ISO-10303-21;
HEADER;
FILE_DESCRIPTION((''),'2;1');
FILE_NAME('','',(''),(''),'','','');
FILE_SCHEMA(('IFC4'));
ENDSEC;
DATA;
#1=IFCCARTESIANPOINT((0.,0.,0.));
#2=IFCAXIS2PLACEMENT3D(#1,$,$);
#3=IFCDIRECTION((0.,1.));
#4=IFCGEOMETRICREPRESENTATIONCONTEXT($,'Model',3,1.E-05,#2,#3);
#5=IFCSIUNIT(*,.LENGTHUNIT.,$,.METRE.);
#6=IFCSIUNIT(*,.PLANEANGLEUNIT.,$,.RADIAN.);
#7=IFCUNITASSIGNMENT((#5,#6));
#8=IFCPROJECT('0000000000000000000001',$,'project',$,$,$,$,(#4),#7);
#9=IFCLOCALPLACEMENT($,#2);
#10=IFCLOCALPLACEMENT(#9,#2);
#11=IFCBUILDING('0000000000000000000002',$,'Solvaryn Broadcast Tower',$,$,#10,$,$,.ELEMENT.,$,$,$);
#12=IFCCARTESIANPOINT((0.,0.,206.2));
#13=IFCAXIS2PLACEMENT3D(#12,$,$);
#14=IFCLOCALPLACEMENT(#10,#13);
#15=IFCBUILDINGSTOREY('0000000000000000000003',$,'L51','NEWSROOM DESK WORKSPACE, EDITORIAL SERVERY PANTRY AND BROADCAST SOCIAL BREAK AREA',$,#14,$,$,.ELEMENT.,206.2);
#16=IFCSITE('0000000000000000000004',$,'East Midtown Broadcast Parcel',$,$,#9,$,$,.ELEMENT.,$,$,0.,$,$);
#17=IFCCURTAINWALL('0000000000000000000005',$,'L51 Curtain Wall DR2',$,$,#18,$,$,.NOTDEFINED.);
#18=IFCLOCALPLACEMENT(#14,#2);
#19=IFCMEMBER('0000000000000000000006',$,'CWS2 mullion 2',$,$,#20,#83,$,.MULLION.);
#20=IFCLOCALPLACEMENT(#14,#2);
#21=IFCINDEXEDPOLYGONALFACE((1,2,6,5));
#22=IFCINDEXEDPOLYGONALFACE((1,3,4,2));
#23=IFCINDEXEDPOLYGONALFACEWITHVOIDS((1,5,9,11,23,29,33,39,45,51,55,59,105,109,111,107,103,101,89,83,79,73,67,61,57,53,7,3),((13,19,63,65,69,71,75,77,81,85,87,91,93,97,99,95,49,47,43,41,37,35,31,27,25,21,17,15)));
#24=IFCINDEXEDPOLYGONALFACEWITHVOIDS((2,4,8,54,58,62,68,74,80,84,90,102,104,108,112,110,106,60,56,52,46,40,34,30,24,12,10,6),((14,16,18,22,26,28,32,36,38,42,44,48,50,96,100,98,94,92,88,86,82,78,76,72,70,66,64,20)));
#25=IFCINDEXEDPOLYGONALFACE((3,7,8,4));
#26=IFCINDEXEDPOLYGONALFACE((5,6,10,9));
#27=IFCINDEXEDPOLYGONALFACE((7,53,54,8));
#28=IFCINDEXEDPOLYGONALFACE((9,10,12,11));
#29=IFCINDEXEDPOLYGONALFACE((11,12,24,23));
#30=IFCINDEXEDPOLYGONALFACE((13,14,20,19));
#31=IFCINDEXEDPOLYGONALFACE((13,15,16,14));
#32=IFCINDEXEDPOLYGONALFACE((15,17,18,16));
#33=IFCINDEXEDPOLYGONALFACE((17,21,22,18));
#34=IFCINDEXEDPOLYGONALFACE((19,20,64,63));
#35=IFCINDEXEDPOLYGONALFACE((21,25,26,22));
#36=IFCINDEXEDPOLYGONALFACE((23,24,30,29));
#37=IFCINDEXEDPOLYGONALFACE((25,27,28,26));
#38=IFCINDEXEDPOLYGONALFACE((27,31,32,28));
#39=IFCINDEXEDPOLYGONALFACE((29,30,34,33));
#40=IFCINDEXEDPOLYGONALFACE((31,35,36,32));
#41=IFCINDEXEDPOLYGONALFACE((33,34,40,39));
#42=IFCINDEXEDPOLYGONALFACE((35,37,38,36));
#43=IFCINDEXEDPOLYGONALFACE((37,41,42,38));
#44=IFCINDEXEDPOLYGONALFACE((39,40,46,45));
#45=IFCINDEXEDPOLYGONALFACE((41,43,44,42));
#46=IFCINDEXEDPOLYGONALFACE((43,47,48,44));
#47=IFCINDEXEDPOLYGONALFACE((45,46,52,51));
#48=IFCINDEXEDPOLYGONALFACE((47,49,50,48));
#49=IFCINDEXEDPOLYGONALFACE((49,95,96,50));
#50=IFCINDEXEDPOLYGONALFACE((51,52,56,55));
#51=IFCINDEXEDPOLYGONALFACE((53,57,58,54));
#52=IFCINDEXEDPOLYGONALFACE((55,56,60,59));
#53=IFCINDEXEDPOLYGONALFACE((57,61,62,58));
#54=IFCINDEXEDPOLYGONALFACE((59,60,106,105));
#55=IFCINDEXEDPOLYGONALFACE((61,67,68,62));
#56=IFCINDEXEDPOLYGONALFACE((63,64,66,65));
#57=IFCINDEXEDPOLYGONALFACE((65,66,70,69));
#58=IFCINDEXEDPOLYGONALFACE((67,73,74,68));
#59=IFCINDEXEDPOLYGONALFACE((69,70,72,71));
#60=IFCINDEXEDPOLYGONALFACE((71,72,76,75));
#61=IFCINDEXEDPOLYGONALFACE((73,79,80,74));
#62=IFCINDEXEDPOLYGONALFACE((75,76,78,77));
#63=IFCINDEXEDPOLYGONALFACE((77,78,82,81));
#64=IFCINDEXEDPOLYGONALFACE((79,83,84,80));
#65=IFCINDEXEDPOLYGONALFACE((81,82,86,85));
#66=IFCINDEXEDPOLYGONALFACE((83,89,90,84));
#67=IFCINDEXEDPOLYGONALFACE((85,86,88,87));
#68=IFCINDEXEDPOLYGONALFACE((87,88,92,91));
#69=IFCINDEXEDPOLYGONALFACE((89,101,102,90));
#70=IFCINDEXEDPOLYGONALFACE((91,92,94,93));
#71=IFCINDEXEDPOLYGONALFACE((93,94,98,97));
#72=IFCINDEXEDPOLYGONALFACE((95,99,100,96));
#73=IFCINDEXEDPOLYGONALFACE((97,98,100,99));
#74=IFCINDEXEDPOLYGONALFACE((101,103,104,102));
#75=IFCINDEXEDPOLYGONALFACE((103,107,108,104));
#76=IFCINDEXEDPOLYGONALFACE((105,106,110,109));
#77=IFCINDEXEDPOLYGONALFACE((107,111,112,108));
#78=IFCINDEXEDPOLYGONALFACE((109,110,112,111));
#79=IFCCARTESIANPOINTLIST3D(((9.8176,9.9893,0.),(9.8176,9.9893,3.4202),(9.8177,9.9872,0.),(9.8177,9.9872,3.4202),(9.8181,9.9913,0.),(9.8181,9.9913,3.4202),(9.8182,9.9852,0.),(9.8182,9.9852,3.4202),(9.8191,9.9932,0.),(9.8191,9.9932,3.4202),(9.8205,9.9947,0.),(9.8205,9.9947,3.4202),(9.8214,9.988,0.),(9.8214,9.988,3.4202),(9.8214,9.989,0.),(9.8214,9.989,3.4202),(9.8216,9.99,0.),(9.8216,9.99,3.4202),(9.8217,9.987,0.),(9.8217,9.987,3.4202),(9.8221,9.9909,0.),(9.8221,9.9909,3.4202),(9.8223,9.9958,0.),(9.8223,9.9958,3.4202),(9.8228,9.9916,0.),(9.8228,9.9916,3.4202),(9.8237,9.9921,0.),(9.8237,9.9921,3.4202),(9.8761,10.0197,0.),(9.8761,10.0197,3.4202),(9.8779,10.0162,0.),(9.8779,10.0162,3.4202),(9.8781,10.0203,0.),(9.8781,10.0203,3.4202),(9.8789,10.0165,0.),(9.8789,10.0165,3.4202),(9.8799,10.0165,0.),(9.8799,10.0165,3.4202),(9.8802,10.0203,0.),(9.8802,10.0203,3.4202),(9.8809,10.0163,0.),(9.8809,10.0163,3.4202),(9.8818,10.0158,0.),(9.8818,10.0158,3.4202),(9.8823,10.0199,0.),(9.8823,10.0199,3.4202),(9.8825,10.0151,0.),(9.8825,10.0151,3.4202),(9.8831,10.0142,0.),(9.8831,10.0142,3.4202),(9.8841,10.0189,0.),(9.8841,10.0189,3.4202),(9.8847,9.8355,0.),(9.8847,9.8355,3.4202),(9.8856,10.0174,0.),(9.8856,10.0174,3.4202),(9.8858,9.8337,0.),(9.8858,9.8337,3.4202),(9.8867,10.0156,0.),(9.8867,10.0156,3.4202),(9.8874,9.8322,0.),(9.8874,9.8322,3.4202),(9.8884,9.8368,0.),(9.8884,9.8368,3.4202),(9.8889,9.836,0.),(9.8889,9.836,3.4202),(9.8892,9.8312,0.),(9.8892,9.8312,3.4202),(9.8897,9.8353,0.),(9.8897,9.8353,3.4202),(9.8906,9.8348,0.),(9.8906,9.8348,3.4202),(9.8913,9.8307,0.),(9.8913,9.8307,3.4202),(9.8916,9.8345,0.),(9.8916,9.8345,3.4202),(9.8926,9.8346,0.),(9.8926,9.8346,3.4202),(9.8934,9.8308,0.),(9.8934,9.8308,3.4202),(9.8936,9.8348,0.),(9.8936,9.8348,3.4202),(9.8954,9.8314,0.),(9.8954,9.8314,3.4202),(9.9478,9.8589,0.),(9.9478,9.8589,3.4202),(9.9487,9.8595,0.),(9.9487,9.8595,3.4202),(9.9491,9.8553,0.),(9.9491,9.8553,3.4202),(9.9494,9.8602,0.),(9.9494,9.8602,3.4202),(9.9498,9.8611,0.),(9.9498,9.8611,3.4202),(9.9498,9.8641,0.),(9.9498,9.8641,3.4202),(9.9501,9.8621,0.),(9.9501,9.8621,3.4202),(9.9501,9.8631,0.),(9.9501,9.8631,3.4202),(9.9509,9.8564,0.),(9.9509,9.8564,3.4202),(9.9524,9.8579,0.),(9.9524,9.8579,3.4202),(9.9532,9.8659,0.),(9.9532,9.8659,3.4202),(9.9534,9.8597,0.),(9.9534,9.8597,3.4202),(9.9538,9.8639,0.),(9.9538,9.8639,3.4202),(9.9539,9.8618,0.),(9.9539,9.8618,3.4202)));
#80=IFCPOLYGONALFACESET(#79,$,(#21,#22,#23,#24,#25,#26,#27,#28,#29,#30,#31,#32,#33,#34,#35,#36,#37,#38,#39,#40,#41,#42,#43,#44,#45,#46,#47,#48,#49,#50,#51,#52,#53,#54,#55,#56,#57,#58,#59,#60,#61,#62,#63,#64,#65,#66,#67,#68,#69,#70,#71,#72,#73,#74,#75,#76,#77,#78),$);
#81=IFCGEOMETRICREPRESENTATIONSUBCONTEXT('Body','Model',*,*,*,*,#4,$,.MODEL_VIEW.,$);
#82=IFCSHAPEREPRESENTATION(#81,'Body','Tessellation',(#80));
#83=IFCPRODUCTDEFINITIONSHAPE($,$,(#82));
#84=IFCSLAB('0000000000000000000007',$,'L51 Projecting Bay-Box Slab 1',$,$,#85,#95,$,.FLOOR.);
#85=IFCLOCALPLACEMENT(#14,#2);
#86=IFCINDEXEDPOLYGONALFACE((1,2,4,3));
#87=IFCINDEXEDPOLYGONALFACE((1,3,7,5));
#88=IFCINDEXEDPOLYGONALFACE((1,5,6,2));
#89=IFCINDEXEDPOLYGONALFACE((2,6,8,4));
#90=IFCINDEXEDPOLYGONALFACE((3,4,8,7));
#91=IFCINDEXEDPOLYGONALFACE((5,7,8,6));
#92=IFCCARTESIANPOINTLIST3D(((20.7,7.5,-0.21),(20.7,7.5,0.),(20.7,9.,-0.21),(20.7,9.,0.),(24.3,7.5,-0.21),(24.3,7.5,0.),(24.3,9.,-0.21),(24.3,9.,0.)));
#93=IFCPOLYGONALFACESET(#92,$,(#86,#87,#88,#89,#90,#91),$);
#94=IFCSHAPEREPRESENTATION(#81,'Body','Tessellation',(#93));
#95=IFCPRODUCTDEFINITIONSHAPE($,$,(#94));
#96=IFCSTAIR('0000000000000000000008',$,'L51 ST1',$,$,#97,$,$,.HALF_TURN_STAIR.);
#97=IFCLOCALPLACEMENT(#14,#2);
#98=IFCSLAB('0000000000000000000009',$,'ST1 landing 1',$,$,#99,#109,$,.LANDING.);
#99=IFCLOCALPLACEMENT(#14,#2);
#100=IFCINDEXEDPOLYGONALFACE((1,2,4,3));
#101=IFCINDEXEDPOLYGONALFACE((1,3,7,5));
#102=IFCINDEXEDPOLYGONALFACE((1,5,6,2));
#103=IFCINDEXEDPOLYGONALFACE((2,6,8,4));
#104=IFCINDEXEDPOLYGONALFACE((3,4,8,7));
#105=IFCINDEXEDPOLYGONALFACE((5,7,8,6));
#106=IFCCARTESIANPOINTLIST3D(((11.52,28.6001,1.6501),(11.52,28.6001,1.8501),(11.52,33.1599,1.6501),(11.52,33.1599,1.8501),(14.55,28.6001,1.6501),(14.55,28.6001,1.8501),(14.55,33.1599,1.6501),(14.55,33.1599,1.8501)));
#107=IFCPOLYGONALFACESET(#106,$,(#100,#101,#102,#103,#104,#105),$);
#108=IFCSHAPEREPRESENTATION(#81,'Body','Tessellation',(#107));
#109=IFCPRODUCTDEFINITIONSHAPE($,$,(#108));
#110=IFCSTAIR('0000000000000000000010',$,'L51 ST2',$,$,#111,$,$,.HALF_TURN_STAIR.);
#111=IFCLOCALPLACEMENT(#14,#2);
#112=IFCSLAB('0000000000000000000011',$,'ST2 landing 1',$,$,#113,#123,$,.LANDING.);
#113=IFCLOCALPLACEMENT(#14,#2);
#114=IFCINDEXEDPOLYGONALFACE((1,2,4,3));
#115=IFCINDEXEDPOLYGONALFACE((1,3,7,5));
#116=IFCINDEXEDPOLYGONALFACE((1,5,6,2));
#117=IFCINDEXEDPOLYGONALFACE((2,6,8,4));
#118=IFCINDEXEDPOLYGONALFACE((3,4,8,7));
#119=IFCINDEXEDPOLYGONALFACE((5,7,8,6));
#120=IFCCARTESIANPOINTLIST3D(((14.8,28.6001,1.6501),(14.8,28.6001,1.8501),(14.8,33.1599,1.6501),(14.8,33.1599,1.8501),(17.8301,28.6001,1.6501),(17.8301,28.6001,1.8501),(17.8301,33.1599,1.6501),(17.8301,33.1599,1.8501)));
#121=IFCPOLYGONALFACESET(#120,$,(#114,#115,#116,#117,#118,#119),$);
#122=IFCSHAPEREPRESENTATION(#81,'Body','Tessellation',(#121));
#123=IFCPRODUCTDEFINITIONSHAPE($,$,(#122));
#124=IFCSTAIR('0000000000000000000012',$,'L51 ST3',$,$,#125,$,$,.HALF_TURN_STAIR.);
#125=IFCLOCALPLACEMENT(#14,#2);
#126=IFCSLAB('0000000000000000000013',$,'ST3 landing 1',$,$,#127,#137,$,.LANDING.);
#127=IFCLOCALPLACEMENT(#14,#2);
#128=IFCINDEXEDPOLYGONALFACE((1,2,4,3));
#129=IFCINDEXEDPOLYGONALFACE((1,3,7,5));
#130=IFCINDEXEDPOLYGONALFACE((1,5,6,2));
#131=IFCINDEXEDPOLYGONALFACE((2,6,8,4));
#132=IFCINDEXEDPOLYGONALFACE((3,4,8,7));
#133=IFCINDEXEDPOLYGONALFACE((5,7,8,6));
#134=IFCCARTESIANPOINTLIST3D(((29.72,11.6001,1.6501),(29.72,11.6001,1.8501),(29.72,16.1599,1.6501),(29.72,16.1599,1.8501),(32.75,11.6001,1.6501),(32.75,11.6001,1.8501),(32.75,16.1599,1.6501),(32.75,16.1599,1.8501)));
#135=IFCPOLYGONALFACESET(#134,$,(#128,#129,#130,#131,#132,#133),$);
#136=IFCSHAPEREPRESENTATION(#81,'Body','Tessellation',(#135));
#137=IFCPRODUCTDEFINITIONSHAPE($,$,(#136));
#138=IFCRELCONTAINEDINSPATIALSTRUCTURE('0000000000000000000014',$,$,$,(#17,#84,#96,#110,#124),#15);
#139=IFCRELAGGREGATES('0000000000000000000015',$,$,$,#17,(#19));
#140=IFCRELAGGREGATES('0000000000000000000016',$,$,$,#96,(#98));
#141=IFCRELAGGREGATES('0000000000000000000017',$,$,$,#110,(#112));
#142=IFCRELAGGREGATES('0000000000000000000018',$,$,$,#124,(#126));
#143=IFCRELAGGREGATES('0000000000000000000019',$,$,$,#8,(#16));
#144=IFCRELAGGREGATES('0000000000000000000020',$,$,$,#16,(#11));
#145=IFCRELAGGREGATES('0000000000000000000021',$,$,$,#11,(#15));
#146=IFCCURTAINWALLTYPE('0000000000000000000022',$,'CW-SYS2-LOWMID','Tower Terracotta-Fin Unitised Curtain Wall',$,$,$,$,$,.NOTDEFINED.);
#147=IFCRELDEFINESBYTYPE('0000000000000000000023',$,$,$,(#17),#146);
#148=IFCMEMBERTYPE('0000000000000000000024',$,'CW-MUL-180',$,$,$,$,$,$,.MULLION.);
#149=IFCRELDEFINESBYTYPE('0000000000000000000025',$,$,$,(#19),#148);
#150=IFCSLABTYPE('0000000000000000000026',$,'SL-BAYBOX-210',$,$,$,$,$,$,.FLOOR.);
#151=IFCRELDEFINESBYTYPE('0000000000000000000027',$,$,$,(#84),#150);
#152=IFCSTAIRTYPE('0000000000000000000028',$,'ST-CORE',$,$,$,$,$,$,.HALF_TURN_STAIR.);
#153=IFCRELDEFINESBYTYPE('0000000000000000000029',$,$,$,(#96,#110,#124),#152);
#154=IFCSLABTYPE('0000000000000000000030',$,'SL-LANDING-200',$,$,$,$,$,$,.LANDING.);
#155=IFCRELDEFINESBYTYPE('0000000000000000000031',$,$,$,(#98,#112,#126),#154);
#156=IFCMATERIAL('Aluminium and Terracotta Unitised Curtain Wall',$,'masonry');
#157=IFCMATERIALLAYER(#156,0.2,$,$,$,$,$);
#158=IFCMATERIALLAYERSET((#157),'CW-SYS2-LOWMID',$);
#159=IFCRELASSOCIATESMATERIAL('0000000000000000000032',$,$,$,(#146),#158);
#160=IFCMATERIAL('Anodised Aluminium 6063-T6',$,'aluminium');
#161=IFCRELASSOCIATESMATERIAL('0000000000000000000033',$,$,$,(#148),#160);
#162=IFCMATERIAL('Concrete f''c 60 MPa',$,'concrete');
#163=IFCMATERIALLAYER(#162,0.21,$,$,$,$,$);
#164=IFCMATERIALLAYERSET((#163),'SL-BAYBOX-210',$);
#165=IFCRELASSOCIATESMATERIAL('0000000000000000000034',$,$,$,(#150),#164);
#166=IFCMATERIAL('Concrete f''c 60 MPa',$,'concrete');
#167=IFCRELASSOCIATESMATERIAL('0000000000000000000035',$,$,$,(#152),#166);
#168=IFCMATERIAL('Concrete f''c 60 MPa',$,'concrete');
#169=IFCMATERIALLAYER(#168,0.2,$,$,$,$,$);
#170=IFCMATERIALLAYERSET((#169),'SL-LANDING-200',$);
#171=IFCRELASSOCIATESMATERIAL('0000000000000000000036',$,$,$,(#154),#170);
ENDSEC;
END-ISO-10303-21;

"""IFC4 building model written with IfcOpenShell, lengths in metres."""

from ifc_helpers import new_model, si_unit, direction, frame, origin, origin_2d, place, context, subcontext, project, spatial, polyline, hollow_rectangle, outline, extrude, material, layer, layer_set, material_profile, profile_set, type_object, element, aggregate, save


model = new_model("IFC4")

# Units and contexts
model_context = context("Model", 3, precision=1e-05, world=origin(), true_north=direction((0.0, 1.0)))
body_context = subcontext(model_context, "Body", "Model", "MODEL_VIEW")
ifc_project = project(units=[si_unit("LENGTHUNIT", "METRE"), si_unit("PLANEANGLEUNIT", "RADIAN")], contexts=[model_context])

# Site, building, storey
site_placement = place(None, origin())
site = spatial("IfcSite", under=ifc_project, at=site_placement, Name="East Midtown Broadcast Parcel", CompositionType="ELEMENT", RefElevation=0.0)
building_placement = place(site_placement, origin())
building = spatial("IfcBuilding", under=site, at=building_placement, Name="Solvaryn Broadcast Tower", CompositionType="ELEMENT")
storey_placement = place(building_placement, frame((0.0, 0.0, 206.2)))
storey = spatial("IfcBuildingStorey", under=building, at=storey_placement, Name="L51", Description="NEWSROOM DESK WORKSPACE, EDITORIAL SERVERY PANTRY AND BROADCAST SOCIAL BREAK AREA", CompositionType="ELEMENT", Elevation=206.2)

# Curtain wall, member
ifc_material_1 = material(Name="Aluminium and Terracotta Unitised Curtain Wall", Category="masonry")
ifc_layer_1 = layer(ifc_material_1, 0.2)
ifc_layer_set_1 = layer_set([ifc_layer_1], Name="CW-SYS2-LOWMID")
curtain_wall_type = type_object("IfcCurtainWallType", Name="CW-SYS2-LOWMID", Description="Tower Terracotta-Fin Unitised Curtain Wall", PredefinedType="NOTDEFINED", material=ifc_layer_set_1)
curtain_wall_placement = place(storey_placement, origin())
curtain_wall = element("IfcCurtainWall", 1, at=curtain_wall_placement, inside=storey, type_object=curtain_wall_type, Name="L51 Curtain Wall DR2", PredefinedType="NOTDEFINED")
ifc_material_2 = material(Name="Anodised Aluminium 6063-T6", Category="aluminium")
ifc_material_profile = material_profile(ifc_material_2, hollow_rectangle(XDim=0.075, YDim=0.1799, WallThickness=0.0039, InnerFilletRadius=0.0039, OuterFilletRadius=0.0081, at=origin_2d()))
ifc_profile_set = profile_set([ifc_material_profile], Name="Anodised Aluminium 6063-T6")
member_type = type_object("IfcMemberType", Name="CW-MUL-180", PredefinedType="MULLION", material=ifc_profile_set)
member_placement = place(storey_placement, frame((9.8857, 9.9255, 0.0), z_axis=(0.0, 0.0, 1.0), x_axis=(0.913917, 0.405901, 0.0)))
member = element("IfcMember", 2, at=member_placement, type_object=member_type, Name="CWS2 mullion 2", PredefinedType="MULLION", context=body_context, shape_type="SweptSolid", body=[
    extrude(hollow_rectangle(XDim=0.075, YDim=0.1799, WallThickness=0.0039, InnerFilletRadius=0.0039, OuterFilletRadius=0.0081, at=origin_2d()), origin(), (0.0, 0.0, 1.0), 3.4202),
])
aggregate(curtain_wall, [member])

# Slab
ifc_material_3 = material(Name="Concrete f'c 60 MPa", Category="concrete")
ifc_layer_2 = layer(ifc_material_3, 0.21)
ifc_layer_set_2 = layer_set([ifc_layer_2], Name="SL-BAYBOX-210")
slab_type_1 = type_object("IfcSlabType", Name="SL-BAYBOX-210", PredefinedType="FLOOR", material=ifc_layer_set_2)
slab_1_placement = place(storey_placement, frame((0.0, 0.0, -0.21)))
element("IfcSlab", 3, at=slab_1_placement, inside=storey, type_object=slab_type_1, Name="L51 Projecting Bay-Box Slab 1", PredefinedType="FLOOR", context=body_context, shape_type="SweptSolid", body=[
    extrude(outline(polyline([(20.7, 7.5), (24.3, 7.5), (24.3, 9.0), (20.7, 9.0), (20.7, 7.5)])), origin(), (0.0, 0.0, 1.0), 0.21),
])

# Stairs, slabs
ifc_material_4 = material(Name="Concrete f'c 60 MPa", Category="concrete")
stair_type = type_object("IfcStairType", Name="ST-CORE", PredefinedType="HALF_TURN_STAIR", material=ifc_material_4)
stair_1_placement = place(storey_placement, origin())
stair_1 = element("IfcStair", 4, at=stair_1_placement, inside=storey, type_object=stair_type, Name="L51 ST1", PredefinedType="HALF_TURN_STAIR")
ifc_material_5 = material(Name="Concrete f'c 60 MPa", Category="concrete")
ifc_layer_3 = layer(ifc_material_5, 0.2)
ifc_layer_set_3 = layer_set([ifc_layer_3], Name="SL-LANDING-200")
slab_type_2 = type_object("IfcSlabType", Name="SL-LANDING-200", PredefinedType="LANDING", material=ifc_layer_set_3)
slab_2_placement = place(storey_placement, frame((0.0, 0.0, 1.6501)))
slab_2 = element("IfcSlab", 5, at=slab_2_placement, type_object=slab_type_2, Name="ST1 landing 1", PredefinedType="LANDING", context=body_context, shape_type="SweptSolid", body=[
    extrude(outline(polyline([(11.52, 33.1599), (11.52, 28.6001), (14.55, 28.6001), (14.55, 33.1599), (11.52, 33.1599)])), origin(), (0.0, 0.0, 1.0), 0.2),
])
aggregate(stair_1, [slab_2])
stair_2_placement = place(storey_placement, origin())
stair_2 = element("IfcStair", 6, at=stair_2_placement, inside=storey, type_object=stair_type, Name="L51 ST2", PredefinedType="HALF_TURN_STAIR")
slab_3_placement = place(storey_placement, frame((0.0, 0.0, 1.6501)))
slab_3 = element("IfcSlab", 7, at=slab_3_placement, type_object=slab_type_2, Name="ST2 landing 1", PredefinedType="LANDING", context=body_context, shape_type="SweptSolid", body=[
    extrude(outline(polyline([(14.8, 33.1599), (14.8, 28.6001), (17.8301, 28.6001), (17.8301, 33.1599), (14.8, 33.1599)])), origin(), (0.0, 0.0, 1.0), 0.2),
])
aggregate(stair_2, [slab_3])
stair_3_placement = place(storey_placement, origin())
stair_3 = element("IfcStair", 8, at=stair_3_placement, inside=storey, type_object=stair_type, Name="L51 ST3", PredefinedType="HALF_TURN_STAIR")
slab_4_placement = place(storey_placement, frame((0.0, 0.0, 1.6501)))
slab_4 = element("IfcSlab", 9, at=slab_4_placement, type_object=slab_type_2, Name="ST3 landing 1", PredefinedType="LANDING", context=body_context, shape_type="SweptSolid", body=[
    extrude(outline(polyline([(29.72, 16.1599), (29.72, 11.6001), (32.75, 11.6001), (32.75, 16.1599), (29.72, 16.1599)])), origin(), (0.0, 0.0, 1.0), 0.2),
])
aggregate(stair_3, [slab_4])

save(model, "model.ifc")
